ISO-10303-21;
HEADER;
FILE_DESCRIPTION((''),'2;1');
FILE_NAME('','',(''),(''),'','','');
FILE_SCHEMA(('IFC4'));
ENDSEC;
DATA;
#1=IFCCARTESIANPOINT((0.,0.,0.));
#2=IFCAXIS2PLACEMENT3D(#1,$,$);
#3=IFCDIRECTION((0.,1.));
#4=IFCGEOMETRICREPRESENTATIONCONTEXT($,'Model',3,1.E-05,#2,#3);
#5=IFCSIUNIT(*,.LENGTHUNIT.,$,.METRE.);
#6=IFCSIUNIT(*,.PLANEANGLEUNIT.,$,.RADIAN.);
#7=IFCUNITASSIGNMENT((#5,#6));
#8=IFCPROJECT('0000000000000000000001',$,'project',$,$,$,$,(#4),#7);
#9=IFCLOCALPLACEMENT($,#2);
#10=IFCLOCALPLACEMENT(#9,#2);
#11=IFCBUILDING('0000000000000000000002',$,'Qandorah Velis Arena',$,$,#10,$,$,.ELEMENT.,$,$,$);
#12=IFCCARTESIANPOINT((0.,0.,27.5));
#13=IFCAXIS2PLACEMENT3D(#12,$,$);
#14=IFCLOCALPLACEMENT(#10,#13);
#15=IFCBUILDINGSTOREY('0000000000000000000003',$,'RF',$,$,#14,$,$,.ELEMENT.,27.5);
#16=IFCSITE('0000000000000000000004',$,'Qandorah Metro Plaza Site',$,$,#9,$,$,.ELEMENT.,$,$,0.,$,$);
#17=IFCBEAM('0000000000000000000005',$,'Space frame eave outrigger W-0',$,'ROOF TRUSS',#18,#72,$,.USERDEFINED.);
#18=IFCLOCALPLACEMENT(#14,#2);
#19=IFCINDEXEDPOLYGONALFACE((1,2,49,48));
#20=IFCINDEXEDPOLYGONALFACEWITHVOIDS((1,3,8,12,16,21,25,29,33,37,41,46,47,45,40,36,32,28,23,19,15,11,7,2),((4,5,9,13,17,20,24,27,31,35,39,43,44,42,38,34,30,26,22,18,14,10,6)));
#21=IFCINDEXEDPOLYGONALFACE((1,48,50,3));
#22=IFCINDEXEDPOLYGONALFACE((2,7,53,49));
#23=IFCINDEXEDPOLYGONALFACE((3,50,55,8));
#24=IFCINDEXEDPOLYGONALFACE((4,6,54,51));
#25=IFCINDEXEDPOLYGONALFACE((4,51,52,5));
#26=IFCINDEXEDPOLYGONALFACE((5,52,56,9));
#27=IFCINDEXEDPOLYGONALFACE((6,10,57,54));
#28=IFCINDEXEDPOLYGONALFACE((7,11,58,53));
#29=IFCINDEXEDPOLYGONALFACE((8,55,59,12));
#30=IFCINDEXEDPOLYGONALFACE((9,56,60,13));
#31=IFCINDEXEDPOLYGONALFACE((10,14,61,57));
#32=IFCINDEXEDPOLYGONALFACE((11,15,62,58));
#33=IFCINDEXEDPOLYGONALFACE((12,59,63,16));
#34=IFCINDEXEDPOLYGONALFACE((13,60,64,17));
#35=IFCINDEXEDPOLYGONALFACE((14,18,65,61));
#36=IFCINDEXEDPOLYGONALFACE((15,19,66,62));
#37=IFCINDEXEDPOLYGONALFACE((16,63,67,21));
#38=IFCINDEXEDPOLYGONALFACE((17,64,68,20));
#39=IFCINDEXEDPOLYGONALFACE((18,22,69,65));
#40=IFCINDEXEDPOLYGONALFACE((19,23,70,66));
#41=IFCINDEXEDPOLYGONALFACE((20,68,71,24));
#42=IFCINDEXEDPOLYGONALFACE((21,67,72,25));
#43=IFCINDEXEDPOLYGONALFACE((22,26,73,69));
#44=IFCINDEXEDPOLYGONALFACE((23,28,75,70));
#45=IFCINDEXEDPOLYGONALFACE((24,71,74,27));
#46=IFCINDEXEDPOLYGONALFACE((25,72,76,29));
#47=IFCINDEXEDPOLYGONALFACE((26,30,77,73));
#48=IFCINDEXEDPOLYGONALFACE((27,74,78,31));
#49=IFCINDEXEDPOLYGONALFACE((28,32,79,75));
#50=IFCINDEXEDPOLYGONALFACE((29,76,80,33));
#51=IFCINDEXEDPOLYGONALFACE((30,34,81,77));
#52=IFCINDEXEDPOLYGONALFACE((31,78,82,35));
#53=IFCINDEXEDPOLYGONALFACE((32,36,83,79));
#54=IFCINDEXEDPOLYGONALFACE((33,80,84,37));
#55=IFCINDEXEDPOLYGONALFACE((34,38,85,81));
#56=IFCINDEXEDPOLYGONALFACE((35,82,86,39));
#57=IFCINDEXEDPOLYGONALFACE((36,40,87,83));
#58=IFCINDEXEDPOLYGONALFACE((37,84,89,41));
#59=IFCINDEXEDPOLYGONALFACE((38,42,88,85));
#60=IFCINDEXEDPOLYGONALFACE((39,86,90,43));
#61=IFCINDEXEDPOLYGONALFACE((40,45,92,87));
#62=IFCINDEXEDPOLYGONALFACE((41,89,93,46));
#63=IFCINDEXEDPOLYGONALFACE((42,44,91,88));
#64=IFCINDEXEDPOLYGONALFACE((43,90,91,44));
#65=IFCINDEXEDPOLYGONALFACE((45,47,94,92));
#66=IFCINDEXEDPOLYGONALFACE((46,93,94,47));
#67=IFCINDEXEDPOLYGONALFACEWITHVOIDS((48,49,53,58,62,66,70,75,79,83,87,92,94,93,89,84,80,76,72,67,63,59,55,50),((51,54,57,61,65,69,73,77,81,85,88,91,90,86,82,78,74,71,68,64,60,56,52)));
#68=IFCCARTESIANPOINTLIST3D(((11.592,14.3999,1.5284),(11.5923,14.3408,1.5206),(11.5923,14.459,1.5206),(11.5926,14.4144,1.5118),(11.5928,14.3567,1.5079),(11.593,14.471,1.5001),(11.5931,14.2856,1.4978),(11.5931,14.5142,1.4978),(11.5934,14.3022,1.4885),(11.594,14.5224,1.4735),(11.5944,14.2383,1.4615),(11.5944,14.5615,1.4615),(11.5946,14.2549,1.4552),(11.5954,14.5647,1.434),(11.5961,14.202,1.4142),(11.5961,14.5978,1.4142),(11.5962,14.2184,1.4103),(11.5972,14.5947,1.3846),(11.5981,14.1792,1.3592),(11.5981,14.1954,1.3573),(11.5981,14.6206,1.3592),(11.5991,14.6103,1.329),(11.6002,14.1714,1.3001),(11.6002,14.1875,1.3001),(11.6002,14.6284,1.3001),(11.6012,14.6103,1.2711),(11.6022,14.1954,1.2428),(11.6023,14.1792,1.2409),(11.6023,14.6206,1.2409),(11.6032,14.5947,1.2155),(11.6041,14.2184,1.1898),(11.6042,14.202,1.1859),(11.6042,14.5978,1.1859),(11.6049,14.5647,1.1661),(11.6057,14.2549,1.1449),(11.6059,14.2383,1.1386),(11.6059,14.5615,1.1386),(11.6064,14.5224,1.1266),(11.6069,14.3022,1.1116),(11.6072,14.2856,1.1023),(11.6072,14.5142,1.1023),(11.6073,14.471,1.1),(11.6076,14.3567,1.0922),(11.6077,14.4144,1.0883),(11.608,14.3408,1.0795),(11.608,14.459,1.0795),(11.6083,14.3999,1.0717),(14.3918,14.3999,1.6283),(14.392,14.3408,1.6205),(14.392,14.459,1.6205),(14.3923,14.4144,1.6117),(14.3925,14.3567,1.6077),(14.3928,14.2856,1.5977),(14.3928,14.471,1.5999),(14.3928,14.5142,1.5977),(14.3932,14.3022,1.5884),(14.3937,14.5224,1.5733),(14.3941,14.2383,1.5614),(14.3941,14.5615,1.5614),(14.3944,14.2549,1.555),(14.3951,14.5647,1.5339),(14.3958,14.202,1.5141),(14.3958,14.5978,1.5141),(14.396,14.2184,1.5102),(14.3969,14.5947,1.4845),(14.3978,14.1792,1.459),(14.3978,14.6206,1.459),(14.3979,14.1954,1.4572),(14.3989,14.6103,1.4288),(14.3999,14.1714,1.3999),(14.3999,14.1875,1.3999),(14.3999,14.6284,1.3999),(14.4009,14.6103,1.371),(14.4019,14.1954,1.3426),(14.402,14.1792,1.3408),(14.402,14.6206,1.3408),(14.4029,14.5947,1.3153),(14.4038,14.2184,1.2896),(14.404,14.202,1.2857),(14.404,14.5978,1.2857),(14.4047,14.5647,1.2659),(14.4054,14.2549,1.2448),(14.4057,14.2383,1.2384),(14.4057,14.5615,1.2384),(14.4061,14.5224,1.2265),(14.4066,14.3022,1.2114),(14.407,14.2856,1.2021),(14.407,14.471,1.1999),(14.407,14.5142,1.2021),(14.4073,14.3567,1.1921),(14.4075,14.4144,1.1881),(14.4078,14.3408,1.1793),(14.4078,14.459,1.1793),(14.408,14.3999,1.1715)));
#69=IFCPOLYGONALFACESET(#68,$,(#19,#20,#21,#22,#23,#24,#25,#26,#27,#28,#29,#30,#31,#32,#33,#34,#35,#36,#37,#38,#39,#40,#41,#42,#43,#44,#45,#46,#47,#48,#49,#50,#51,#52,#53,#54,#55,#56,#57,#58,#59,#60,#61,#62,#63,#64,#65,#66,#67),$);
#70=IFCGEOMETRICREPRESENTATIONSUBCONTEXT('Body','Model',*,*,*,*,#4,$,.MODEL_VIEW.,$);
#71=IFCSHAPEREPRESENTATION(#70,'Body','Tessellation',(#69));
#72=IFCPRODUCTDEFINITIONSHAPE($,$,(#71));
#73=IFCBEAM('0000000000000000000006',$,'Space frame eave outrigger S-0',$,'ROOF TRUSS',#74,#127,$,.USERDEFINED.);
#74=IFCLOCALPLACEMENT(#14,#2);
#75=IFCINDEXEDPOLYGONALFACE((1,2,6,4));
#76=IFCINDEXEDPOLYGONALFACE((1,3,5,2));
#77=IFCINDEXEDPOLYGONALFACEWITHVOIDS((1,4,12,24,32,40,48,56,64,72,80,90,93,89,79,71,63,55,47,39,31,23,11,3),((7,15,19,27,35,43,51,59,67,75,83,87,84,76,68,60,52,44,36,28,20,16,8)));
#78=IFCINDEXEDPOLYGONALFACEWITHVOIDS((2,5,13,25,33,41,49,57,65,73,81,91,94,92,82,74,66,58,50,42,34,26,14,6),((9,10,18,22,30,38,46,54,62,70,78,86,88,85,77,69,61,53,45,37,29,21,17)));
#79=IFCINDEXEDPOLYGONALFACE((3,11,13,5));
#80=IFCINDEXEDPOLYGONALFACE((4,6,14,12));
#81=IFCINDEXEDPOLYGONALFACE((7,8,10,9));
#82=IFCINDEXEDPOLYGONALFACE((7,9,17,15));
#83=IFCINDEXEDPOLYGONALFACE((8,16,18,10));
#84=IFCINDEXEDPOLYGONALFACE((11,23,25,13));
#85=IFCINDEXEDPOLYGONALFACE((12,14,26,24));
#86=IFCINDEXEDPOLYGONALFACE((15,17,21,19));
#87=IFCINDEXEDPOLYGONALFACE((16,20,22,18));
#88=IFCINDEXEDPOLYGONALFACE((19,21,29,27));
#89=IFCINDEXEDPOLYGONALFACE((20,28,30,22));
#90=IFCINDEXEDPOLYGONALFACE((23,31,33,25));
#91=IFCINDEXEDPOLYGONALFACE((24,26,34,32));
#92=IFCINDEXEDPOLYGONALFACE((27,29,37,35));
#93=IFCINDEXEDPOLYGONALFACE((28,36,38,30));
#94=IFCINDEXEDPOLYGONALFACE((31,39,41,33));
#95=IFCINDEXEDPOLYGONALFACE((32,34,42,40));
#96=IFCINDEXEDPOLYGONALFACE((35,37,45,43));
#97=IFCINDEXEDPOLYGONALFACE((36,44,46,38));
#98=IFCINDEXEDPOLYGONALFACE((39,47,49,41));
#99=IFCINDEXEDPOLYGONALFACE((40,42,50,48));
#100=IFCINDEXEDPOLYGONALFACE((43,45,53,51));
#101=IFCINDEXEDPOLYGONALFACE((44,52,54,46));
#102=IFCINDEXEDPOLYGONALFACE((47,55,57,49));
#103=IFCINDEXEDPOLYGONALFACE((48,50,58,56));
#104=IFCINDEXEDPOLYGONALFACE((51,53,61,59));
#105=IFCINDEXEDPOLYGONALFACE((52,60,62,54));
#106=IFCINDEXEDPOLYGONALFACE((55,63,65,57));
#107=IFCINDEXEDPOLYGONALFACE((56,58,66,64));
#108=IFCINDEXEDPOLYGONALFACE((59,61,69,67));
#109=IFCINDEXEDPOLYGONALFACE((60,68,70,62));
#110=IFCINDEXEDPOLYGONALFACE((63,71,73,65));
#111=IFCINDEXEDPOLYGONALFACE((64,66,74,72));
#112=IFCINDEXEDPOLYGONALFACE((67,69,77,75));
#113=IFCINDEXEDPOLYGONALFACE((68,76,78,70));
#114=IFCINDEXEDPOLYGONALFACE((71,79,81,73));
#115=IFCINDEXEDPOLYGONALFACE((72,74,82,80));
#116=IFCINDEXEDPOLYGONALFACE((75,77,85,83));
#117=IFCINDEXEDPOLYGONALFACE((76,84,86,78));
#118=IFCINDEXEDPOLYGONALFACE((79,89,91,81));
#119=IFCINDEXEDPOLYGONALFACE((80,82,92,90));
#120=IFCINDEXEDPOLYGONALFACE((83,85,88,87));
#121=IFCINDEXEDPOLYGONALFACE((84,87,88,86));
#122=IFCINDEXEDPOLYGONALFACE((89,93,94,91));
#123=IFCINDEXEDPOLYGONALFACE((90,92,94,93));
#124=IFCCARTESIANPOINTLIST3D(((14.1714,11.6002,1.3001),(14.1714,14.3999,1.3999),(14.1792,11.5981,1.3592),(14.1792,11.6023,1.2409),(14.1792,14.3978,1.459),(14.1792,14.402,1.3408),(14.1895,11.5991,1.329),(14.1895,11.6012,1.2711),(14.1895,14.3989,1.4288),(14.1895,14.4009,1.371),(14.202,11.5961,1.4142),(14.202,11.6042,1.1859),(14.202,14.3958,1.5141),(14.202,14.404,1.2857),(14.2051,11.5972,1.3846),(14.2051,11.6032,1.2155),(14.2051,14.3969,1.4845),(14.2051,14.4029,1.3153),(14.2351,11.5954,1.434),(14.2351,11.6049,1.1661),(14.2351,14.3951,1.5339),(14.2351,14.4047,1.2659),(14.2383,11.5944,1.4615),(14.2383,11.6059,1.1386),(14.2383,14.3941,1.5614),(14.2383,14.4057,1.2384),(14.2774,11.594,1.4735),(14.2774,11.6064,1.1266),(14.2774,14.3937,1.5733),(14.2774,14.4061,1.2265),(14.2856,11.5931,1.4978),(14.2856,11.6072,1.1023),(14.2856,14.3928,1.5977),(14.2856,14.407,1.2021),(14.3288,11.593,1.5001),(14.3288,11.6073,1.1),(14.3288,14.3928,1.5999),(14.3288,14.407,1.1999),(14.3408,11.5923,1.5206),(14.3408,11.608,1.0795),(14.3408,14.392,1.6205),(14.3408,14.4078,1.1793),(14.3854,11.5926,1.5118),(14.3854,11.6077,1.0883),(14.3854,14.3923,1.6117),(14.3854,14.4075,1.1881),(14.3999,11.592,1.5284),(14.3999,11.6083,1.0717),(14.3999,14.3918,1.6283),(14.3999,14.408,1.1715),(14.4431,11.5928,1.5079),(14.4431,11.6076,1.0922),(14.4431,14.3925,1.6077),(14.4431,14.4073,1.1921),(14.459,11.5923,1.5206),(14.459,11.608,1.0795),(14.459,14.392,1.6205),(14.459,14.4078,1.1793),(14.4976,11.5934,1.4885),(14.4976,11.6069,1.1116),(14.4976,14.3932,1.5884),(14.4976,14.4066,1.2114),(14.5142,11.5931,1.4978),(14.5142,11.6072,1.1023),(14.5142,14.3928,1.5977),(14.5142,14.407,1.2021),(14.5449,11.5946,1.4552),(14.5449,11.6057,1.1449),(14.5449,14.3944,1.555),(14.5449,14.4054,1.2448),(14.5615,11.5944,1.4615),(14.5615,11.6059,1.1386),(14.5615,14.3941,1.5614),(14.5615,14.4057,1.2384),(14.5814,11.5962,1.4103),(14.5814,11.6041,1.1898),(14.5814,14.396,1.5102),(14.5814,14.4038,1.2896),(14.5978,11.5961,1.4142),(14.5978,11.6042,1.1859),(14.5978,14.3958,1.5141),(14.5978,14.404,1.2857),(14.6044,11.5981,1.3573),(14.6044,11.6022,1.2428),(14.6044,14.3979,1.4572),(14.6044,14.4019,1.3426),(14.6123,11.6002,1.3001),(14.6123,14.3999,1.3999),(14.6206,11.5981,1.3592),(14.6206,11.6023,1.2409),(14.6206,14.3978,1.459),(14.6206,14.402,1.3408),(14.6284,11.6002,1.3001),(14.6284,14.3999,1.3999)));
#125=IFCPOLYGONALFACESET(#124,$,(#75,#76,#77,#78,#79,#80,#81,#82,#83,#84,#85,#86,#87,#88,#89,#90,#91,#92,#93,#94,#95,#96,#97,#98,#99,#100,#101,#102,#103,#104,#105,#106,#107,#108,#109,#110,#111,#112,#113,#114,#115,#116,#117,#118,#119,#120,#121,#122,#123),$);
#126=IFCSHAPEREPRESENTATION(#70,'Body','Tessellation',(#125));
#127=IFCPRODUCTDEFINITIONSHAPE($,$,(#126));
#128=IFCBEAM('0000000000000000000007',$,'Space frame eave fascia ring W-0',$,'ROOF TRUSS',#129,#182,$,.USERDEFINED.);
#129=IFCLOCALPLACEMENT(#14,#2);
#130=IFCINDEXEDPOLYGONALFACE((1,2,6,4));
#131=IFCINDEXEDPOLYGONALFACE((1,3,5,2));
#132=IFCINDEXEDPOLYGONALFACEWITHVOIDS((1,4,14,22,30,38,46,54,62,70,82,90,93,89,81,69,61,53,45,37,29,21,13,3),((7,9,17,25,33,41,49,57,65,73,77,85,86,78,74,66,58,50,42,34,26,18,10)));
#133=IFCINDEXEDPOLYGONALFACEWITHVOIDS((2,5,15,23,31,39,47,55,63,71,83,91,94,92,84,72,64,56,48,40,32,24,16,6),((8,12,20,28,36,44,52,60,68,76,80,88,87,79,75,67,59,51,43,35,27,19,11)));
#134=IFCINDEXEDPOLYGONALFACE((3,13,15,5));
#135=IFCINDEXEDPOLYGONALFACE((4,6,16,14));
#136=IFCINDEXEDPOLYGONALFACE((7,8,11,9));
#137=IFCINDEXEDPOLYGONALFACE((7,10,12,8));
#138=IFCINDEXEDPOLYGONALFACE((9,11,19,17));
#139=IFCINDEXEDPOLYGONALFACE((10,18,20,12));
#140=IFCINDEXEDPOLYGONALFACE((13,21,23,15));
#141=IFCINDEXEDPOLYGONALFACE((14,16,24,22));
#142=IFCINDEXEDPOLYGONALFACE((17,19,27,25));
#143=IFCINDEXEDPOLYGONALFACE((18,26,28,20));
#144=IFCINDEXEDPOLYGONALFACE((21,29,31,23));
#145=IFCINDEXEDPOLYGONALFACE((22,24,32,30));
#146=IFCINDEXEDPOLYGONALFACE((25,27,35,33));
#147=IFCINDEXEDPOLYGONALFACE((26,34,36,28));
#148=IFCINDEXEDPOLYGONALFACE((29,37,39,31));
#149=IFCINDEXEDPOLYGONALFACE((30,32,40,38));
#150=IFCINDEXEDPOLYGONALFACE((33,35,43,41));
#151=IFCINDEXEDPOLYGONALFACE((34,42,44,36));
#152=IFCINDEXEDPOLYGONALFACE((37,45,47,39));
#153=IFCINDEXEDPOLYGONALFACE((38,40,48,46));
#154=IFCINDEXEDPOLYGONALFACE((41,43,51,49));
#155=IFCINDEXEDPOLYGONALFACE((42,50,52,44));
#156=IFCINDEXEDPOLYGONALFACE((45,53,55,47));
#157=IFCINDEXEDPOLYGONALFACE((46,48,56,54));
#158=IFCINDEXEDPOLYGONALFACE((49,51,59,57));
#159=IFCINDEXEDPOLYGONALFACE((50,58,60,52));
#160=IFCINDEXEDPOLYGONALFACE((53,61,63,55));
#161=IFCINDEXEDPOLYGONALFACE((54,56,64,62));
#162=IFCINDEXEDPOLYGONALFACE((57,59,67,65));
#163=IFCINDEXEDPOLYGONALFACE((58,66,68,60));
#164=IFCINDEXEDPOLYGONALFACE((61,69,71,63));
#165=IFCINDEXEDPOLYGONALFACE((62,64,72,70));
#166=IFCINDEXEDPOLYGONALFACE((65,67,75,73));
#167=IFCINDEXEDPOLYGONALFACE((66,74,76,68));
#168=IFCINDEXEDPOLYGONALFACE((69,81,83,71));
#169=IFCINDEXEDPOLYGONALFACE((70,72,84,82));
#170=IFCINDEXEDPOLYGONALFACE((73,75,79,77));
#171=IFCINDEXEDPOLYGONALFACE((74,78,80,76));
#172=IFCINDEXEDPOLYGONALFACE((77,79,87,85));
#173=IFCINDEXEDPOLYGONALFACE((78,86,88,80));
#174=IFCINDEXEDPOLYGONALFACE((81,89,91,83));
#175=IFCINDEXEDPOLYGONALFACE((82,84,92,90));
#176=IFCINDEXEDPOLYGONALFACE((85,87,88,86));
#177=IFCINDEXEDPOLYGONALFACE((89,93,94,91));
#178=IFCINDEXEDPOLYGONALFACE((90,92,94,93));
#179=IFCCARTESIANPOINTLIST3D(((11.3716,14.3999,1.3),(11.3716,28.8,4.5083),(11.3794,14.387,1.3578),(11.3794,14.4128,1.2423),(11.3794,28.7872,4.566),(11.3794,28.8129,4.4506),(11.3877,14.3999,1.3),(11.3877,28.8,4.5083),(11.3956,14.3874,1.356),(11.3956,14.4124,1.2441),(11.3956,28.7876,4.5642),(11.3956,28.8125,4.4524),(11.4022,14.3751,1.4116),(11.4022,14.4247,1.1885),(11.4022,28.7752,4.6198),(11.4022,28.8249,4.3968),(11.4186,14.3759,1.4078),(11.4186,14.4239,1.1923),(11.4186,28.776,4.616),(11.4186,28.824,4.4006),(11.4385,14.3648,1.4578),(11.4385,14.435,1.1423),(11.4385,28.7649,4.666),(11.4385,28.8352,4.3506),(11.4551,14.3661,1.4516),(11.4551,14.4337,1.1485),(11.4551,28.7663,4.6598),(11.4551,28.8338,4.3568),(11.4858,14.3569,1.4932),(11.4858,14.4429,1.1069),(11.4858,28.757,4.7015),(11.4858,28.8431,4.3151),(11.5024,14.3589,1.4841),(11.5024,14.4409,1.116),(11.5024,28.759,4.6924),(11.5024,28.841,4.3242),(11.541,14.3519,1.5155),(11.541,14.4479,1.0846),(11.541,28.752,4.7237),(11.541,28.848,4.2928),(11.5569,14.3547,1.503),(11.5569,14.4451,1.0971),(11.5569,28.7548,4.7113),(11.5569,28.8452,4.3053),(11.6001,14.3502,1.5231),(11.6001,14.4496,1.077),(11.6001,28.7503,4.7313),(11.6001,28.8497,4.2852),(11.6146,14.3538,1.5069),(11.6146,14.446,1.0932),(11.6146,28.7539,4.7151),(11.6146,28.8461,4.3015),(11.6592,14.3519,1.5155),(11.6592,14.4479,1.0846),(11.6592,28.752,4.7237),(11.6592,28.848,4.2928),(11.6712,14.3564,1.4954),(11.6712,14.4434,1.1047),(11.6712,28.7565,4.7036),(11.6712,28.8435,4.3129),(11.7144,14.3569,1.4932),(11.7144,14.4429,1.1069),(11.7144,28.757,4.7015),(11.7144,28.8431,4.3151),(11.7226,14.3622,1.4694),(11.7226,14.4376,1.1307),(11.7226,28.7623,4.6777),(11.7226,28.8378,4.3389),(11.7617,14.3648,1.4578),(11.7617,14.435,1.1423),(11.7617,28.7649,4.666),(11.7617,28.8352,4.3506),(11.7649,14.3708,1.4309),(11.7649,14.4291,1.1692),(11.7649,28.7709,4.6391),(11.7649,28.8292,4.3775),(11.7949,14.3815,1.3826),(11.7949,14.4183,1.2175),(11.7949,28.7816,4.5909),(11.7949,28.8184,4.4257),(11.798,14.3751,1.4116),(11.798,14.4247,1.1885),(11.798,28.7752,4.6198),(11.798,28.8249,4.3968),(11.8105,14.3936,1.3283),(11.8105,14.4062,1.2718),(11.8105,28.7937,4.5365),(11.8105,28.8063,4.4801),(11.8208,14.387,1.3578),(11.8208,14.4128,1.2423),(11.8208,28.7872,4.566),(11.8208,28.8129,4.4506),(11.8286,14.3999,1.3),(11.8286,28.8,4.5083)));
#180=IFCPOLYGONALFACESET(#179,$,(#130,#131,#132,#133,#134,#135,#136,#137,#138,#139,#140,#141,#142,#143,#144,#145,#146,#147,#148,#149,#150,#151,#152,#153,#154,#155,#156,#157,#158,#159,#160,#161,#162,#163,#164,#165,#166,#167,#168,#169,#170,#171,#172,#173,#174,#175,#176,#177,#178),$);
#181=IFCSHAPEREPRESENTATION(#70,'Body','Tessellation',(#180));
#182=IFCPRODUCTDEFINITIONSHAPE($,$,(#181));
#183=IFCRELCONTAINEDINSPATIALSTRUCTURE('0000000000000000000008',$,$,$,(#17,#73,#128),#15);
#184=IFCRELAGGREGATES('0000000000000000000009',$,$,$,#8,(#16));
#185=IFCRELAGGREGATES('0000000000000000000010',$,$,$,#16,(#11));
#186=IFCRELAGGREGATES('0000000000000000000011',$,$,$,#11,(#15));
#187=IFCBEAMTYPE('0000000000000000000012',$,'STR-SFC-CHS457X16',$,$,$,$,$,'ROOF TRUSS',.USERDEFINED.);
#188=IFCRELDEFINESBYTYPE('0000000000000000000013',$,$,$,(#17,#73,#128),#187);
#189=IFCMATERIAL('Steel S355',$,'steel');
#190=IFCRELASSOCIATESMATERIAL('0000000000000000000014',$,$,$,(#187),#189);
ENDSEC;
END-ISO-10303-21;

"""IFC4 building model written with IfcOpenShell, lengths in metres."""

from ifc_helpers import new_model, si_unit, direction, frame, origin, origin_2d, place, context, subcontext, project, spatial, hollow_circle, extrude, material, material_profile, profile_set, type_object, element, save


model = new_model("IFC4")

# Units and contexts
model_context = context("Model", 3, precision=1e-05, world=origin(), true_north=direction((0.0, 1.0)))
body_context = subcontext(model_context, "Body", "Model", "MODEL_VIEW")
ifc_project = project(units=[si_unit("LENGTHUNIT", "METRE"), si_unit("PLANEANGLEUNIT", "RADIAN")], contexts=[model_context])

# Site, building, storey
site_placement = place(None, origin())
site = spatial("IfcSite", under=ifc_project, at=site_placement, Name="Qandorah Metro Plaza Site", CompositionType="ELEMENT", RefElevation=0.0)
building_placement = place(site_placement, origin())
building = spatial("IfcBuilding", under=site, at=building_placement, Name="Qandorah Velis Arena", CompositionType="ELEMENT")
storey_placement = place(building_placement, frame((0.0, 0.0, 27.5)))
storey = spatial("IfcBuildingStorey", under=building, at=storey_placement, Name="RF", CompositionType="ELEMENT", Elevation=27.5)

# Beams
ifc_material_1 = material(Name="Steel S355", Category="steel")
ifc_material_profile_1 = material_profile(ifc_material_1, hollow_circle(Radius=0.2285, WallThickness=0.0161, at=origin_2d()), Name="CHS 457x16")
ifc_profile_set_1 = profile_set([ifc_material_profile_1], Name="Steel S355")
beam_type_1 = type_object("IfcBeamType", Name="STR-SFC-CHS457X16", ElementType="ROOF TRUSS", PredefinedType="USERDEFINED", material=ifc_profile_set_1)
for number, where, z_axis, x_axis, name in (
    (1, (14.3999, 14.3999, 1.3999), (-0.999365, 0.0, -0.035642), (0.0, -1.0, 0.0), "Space frame eave outrigger W-0"),
    (2, (14.3999, 14.3999, 1.3999), (0.0, -0.999365, -0.035642), (1.0, 0.0, 0.0), "Space frame eave outrigger S-0"),
):
    element("IfcBeam", number, at=place(storey_placement, frame(where, z_axis=z_axis, x_axis=x_axis)), inside=storey, type_object=beam_type_1, Name=name, ObjectType="ROOF TRUSS", PredefinedType="USERDEFINED", context=body_context, shape_type="SweptSolid", body=[
        extrude(hollow_circle(Radius=0.2285, WallThickness=0.0161, at=origin_2d()), origin(), (0.0, 0.0, 1.0), 2.8015),
    ])
beam_1_placement = place(storey_placement, frame((11.6001, 14.3999, 1.3), z_axis=(0.0, 0.976069, 0.217461), x_axis=(-1.0, 0.0, 0.0)))
element("IfcBeam", 3, at=beam_1_placement, inside=storey, type_object=beam_type_1, Name="Space frame eave fascia ring W-0", ObjectType="ROOF TRUSS", PredefinedType="USERDEFINED", context=body_context, shape_type="SweptSolid", body=[
    extrude(hollow_circle(Radius=0.2285, WallThickness=0.0161, at=origin_2d()), origin(), (0.0, 0.0, 1.0), 14.7532),
])

save(model, "model.ifc")
